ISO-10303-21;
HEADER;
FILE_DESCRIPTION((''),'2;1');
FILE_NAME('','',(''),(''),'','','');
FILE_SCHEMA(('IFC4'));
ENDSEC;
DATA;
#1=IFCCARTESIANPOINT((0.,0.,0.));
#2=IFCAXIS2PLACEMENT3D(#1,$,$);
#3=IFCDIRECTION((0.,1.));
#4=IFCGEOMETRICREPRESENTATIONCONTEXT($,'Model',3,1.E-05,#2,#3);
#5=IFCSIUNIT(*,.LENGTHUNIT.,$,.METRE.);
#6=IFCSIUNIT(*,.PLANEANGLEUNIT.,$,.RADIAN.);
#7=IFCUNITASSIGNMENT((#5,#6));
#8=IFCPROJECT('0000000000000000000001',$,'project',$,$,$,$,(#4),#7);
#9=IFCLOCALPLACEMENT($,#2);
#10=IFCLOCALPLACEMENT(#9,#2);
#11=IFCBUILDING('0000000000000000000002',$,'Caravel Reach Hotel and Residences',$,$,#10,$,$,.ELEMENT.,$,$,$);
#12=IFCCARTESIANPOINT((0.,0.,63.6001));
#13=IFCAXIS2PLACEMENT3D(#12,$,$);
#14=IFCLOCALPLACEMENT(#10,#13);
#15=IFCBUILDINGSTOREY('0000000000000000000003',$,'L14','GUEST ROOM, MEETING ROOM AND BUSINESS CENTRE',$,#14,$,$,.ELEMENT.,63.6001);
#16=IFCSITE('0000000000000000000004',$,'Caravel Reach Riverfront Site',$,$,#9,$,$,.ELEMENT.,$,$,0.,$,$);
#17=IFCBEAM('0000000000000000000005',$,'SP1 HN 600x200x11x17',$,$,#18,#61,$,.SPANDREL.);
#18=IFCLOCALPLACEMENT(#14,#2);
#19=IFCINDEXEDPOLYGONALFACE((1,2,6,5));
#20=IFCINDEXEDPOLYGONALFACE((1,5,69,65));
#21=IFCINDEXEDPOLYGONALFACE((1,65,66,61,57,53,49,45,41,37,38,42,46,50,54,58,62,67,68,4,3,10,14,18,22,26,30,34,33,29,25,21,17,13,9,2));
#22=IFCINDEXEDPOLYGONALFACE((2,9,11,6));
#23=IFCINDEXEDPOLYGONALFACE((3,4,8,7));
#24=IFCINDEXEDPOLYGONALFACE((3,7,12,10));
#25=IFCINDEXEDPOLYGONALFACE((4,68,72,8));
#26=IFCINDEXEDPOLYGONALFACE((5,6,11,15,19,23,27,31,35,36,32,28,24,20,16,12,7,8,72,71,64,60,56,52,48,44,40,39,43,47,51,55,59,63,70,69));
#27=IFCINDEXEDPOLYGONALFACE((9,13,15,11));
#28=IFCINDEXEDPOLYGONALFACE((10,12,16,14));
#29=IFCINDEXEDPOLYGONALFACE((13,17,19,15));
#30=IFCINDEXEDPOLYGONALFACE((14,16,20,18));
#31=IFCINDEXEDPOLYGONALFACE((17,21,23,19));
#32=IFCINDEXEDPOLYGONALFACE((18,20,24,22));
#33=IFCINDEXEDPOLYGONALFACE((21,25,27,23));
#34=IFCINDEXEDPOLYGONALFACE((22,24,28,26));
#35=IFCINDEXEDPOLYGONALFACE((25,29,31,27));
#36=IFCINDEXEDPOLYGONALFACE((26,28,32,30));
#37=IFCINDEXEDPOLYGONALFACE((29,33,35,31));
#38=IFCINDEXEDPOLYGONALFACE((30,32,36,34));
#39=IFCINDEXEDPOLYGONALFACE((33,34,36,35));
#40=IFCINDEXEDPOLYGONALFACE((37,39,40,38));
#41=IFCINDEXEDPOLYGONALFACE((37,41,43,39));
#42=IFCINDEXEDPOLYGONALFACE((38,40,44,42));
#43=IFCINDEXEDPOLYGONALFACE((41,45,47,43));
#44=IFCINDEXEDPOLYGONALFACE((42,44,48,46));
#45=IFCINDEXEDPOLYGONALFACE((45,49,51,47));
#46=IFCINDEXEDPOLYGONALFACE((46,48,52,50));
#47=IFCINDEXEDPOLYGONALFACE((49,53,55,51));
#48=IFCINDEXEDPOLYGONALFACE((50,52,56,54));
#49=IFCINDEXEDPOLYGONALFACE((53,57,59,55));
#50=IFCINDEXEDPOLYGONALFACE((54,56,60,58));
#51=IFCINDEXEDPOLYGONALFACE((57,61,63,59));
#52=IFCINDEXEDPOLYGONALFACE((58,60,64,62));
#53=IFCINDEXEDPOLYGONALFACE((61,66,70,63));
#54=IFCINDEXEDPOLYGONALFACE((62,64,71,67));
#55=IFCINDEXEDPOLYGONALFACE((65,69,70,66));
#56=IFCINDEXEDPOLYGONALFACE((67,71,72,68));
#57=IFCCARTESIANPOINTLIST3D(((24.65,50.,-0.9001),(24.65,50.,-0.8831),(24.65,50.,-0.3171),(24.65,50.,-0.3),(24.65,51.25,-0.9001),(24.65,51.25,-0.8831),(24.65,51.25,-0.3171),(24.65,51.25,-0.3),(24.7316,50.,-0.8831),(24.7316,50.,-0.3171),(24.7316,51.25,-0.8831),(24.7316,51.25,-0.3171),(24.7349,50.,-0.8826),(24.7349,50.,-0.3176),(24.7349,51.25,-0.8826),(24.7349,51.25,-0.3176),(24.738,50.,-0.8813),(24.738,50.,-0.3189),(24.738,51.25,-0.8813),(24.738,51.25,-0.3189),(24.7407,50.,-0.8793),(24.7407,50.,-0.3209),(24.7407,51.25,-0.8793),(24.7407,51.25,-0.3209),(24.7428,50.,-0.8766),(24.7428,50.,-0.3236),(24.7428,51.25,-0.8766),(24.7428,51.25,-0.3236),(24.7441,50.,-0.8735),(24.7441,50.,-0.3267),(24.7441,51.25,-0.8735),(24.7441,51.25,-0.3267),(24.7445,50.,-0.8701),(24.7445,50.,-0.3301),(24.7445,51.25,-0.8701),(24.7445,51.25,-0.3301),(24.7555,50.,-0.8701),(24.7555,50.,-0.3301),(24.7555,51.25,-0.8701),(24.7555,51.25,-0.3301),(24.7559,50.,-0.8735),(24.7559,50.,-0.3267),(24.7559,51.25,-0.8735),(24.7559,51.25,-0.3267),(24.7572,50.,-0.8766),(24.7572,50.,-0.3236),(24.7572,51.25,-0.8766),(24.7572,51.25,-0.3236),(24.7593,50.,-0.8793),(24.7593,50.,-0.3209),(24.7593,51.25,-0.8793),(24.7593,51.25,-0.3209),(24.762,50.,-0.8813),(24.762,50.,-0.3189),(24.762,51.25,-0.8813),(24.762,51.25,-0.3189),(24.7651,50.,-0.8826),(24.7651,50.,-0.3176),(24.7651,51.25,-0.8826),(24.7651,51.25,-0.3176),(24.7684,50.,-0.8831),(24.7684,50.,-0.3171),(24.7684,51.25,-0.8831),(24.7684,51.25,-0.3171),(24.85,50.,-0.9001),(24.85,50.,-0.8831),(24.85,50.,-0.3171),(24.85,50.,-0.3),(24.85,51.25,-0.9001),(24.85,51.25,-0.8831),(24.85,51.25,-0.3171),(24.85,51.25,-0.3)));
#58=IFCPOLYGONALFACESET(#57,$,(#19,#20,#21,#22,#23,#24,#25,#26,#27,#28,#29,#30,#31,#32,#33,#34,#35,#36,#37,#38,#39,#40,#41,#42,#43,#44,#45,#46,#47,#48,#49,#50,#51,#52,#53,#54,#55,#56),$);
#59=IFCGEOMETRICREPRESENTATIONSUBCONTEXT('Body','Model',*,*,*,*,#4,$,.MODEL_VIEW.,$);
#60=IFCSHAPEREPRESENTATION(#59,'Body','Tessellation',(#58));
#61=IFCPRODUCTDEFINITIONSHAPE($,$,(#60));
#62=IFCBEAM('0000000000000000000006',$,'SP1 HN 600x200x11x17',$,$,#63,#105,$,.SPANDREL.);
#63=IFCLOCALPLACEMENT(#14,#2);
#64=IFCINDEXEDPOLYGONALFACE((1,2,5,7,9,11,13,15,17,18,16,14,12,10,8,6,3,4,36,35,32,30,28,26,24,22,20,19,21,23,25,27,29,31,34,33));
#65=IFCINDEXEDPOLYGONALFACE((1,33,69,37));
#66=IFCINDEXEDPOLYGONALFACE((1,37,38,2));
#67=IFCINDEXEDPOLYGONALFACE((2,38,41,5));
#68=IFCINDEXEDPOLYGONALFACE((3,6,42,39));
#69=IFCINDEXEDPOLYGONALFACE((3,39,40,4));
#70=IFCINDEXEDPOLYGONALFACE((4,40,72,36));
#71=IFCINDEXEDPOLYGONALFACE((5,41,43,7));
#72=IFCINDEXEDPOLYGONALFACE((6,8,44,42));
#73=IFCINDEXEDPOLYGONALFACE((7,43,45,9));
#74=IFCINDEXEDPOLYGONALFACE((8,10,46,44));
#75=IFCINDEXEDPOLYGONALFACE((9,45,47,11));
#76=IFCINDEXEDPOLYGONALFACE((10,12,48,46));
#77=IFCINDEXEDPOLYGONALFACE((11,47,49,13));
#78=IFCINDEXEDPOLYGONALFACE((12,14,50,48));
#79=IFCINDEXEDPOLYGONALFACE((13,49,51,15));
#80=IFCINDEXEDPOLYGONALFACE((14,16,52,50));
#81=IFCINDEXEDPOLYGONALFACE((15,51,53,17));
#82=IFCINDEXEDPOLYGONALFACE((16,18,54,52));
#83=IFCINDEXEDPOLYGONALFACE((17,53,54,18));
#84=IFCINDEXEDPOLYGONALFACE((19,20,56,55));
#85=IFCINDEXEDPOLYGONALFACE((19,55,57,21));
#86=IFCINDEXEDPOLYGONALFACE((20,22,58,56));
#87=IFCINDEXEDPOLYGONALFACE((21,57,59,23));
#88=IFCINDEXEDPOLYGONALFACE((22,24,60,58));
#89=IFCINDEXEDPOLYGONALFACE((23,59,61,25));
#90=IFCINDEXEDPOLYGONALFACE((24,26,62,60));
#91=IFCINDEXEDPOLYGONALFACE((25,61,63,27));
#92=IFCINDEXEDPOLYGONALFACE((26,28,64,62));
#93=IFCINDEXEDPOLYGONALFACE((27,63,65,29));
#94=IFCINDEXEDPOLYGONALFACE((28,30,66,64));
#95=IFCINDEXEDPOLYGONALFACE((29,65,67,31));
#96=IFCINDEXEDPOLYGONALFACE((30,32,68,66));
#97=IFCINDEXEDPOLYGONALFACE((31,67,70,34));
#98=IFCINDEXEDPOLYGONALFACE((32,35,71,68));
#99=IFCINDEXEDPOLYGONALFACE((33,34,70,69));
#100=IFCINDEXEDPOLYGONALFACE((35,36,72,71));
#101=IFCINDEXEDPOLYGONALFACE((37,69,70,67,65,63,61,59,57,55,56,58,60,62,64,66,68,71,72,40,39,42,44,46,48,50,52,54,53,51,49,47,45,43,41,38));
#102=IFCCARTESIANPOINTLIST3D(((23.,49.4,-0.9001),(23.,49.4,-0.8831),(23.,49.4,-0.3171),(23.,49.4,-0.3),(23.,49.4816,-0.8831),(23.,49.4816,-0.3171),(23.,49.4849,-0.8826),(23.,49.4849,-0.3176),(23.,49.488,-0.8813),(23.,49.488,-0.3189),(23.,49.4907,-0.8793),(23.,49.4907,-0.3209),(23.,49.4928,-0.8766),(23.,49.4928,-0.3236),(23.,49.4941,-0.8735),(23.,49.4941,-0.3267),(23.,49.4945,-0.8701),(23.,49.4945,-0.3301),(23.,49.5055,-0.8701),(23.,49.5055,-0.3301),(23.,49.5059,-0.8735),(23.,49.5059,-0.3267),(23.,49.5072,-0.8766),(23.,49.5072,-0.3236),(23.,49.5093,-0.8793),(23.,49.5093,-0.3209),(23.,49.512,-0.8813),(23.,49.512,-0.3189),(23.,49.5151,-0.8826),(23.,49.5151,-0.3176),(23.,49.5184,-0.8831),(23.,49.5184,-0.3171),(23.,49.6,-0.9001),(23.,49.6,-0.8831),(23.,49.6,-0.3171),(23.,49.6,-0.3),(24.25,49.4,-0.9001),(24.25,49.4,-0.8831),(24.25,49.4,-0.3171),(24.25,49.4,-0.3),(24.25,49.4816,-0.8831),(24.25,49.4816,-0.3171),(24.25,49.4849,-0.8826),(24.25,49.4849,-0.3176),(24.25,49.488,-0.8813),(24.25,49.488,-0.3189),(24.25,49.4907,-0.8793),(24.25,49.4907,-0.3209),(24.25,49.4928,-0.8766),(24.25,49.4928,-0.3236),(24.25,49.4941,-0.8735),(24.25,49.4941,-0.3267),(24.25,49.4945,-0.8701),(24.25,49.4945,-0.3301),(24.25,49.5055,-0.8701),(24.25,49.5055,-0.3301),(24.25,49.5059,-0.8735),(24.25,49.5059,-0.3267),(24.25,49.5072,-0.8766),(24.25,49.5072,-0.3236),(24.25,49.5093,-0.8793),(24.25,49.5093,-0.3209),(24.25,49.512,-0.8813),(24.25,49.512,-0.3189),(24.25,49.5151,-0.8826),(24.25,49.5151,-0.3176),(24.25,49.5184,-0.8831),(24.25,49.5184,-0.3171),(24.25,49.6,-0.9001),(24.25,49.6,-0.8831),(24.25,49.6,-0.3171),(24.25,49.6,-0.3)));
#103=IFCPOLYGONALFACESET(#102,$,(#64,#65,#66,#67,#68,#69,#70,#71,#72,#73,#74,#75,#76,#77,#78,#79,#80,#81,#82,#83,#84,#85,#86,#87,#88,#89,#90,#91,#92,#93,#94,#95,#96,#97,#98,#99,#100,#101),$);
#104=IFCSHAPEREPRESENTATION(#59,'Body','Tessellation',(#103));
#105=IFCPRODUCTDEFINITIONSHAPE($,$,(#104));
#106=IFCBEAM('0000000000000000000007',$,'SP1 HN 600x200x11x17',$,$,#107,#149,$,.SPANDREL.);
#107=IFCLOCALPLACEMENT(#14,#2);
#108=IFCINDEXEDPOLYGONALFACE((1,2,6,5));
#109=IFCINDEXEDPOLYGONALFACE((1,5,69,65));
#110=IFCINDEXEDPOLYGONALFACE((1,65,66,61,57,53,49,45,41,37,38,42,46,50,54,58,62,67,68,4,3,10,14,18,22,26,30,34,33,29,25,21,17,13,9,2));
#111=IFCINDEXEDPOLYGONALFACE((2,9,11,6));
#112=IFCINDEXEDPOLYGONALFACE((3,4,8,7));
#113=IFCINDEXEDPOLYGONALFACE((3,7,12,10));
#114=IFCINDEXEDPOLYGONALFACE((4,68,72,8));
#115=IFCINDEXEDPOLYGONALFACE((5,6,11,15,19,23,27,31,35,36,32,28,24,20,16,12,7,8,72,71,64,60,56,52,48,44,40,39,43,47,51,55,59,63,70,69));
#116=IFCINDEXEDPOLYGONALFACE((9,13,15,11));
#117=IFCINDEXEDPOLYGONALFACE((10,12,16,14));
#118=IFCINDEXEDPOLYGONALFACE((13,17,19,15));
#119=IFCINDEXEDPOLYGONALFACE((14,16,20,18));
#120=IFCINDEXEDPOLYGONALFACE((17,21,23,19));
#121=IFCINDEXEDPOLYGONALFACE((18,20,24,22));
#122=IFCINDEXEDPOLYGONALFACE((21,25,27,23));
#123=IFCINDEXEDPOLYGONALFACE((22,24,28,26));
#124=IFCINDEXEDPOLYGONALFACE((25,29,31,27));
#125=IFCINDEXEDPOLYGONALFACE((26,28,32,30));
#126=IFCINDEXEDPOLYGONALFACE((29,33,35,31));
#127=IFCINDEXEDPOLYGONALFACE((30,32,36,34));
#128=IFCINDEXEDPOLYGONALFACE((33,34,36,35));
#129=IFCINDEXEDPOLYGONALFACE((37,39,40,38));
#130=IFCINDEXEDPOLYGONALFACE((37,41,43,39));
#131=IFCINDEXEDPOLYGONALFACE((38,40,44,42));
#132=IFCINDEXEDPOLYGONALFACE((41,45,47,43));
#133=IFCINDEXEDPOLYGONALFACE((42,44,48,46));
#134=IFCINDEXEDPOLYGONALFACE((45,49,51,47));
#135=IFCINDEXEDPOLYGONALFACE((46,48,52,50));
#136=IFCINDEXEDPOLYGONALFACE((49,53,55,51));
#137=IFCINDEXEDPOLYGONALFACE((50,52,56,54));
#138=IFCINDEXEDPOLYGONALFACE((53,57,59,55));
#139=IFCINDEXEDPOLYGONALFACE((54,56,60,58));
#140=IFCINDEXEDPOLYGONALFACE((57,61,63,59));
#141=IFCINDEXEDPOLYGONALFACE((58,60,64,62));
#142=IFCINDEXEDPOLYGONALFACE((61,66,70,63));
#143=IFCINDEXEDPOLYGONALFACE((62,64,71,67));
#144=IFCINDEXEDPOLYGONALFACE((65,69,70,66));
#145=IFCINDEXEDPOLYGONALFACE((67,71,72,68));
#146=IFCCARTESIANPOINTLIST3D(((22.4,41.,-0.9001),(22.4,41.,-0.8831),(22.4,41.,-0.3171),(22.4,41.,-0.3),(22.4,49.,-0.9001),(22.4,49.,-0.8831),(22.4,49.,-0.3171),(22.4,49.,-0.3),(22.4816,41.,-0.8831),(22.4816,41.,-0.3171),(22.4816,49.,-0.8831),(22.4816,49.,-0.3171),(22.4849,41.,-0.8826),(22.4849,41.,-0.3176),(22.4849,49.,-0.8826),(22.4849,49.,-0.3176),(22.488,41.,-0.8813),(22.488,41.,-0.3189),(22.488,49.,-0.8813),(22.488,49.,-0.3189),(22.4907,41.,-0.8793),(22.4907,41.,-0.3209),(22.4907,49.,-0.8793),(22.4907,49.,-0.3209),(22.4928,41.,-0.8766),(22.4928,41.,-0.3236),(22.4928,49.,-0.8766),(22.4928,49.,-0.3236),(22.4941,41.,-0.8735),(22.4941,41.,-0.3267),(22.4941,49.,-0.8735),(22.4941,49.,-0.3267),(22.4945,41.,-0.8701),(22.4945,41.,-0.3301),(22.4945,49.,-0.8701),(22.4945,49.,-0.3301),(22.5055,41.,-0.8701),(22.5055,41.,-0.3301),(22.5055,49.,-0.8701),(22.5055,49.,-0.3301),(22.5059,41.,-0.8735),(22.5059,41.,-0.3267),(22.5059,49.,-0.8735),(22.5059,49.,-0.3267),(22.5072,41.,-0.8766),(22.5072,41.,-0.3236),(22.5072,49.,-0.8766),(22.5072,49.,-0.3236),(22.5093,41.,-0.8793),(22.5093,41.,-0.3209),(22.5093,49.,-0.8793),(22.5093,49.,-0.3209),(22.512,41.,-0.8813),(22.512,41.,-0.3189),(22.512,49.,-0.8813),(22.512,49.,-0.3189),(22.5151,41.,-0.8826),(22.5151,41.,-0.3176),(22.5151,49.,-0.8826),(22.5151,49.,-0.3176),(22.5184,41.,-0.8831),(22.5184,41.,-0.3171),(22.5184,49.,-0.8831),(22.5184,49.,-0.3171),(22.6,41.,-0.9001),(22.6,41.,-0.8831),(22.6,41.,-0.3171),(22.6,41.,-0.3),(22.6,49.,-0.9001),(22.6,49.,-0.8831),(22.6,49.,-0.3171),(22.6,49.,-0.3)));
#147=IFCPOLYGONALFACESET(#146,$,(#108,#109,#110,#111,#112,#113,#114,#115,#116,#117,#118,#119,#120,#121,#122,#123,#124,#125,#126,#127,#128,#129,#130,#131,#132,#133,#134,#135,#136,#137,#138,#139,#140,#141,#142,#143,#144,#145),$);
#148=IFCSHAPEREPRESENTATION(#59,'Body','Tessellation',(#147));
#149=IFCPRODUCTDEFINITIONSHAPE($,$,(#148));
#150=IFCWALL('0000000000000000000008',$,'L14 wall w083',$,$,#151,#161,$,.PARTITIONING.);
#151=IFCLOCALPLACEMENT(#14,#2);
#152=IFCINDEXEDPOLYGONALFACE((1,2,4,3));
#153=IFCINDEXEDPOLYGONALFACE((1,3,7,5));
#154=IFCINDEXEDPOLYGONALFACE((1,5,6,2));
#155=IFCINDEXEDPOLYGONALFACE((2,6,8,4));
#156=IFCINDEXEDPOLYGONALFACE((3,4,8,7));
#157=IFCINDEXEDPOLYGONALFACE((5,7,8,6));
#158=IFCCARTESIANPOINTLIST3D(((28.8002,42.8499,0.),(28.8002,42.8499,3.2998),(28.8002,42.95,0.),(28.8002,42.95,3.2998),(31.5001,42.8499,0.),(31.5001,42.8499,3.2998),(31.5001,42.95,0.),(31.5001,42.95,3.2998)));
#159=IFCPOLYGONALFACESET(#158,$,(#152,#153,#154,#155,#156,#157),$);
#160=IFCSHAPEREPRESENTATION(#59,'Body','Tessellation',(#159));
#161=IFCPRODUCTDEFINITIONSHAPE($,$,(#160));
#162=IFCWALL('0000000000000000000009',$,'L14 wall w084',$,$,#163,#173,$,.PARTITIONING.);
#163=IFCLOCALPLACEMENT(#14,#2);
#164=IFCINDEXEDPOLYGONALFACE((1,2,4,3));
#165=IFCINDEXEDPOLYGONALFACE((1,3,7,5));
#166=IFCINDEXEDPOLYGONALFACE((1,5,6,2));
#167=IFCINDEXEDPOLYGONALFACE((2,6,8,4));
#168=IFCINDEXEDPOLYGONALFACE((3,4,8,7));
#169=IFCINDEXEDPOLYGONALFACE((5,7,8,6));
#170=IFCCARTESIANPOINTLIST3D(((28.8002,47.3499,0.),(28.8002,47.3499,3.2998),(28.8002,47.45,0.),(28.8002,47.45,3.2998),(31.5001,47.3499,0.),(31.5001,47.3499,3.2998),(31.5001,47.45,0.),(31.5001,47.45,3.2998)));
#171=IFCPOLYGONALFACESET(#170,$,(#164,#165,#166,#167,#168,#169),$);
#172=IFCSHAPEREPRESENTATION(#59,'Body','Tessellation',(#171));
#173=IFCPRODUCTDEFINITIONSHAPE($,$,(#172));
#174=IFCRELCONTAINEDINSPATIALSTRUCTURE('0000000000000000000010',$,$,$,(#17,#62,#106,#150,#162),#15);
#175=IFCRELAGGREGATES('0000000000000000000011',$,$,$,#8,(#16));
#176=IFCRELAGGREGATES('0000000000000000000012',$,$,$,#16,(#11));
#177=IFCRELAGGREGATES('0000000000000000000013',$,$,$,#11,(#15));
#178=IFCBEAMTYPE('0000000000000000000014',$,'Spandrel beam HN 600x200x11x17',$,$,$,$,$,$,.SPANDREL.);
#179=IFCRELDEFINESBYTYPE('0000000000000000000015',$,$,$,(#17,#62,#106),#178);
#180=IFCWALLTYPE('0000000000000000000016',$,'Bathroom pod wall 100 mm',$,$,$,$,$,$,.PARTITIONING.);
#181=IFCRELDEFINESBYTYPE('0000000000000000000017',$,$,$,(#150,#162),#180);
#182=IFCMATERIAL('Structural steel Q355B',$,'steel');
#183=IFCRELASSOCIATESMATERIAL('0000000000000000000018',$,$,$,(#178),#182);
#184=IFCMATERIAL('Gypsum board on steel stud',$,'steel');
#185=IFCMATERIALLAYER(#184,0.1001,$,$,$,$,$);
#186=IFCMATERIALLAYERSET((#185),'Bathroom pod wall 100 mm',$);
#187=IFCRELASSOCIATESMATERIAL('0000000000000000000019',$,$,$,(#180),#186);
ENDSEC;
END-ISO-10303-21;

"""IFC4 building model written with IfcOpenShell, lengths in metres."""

from ifc_helpers import new_model, si_unit, direction, frame, frame_2d, origin, origin_2d, place, context, subcontext, project, spatial, rectangle, i_section, extrude, material, layer, layer_set, material_profile, profile_set, type_object, element, save


model = new_model("IFC4")

# Units and contexts
model_context = context("Model", 3, precision=1e-05, world=origin(), true_north=direction((0.0, 1.0)))
body_context = subcontext(model_context, "Body", "Model", "MODEL_VIEW")
ifc_project = project(units=[si_unit("LENGTHUNIT", "METRE"), si_unit("PLANEANGLEUNIT", "RADIAN")], contexts=[model_context])

# Site, building, storey
site_placement = place(None, origin())
site = spatial("IfcSite", under=ifc_project, at=site_placement, Name="Caravel Reach Riverfront Site", CompositionType="ELEMENT", RefElevation=0.0)
building_placement = place(site_placement, origin())
building = spatial("IfcBuilding", under=site, at=building_placement, Name="Caravel Reach Hotel and Residences", CompositionType="ELEMENT")
storey_placement = place(building_placement, frame((0.0, 0.0, 63.6001)))
storey = spatial("IfcBuildingStorey", under=building, at=storey_placement, Name="L14", Description="GUEST ROOM, MEETING ROOM AND BUSINESS CENTRE", CompositionType="ELEMENT", Elevation=63.6001)

# Beams
ifc_material_1 = material(Name="Structural steel Q355B", Category="steel")
ifc_material_profile_1 = material_profile(ifc_material_1, i_section(OverallWidth=0.2, OverallDepth=0.6001, WebThickness=0.011, FlangeThickness=0.0171, FilletRadius=0.0129, at=origin_2d()), Name="HN 600x200x11x17")
ifc_profile_set_1 = profile_set([ifc_material_profile_1], Name="Structural steel Q355B")
beam_type = type_object("IfcBeamType", Name="Spandrel beam HN 600x200x11x17", PredefinedType="SPANDREL", material=ifc_profile_set_1)
for number, where, z_axis, x_axis, name in (
    (1, (24.75, 51.25, -0.6001), (0.0, -1.0, 0.0), (1.0, 0.0, 0.0), "SP1 HN 600x200x11x17"),
    (2, (24.25, 49.5, -0.6001), (-1.0, 0.0, 0.0), (0.0, -1.0, 0.0), "SP1 HN 600x200x11x17"),
):
    element("IfcBeam", number, at=place(storey_placement, frame(where, z_axis=z_axis, x_axis=x_axis)), inside=storey, type_object=beam_type, Name=name, PredefinedType="SPANDREL", context=body_context, shape_type="SweptSolid", body=[
        extrude(i_section(OverallWidth=0.2, OverallDepth=0.6001, WebThickness=0.011, FlangeThickness=0.0171, FilletRadius=0.0129, at=origin_2d()), origin(), (0.0, 0.0, 1.0), 1.25),
    ])
beam_placement = place(storey_placement, frame((22.5, 49.0, -0.6001), z_axis=(0.0, -1.0, 0.0), x_axis=(1.0, 0.0, 0.0)))
element("IfcBeam", 3, at=beam_placement, inside=storey, type_object=beam_type, Name="SP1 HN 600x200x11x17", PredefinedType="SPANDREL", context=body_context, shape_type="SweptSolid", body=[
    extrude(i_section(OverallWidth=0.2, OverallDepth=0.6001, WebThickness=0.011, FlangeThickness=0.0171, FilletRadius=0.0129, at=origin_2d()), origin(), (0.0, 0.0, 1.0), 8.0),
])

# Walls
ifc_material_2 = material(Name="Gypsum board on steel stud", Category="steel")
ifc_layer_1 = layer(ifc_material_2, 0.1001)
ifc_layer_set_1 = layer_set([ifc_layer_1], Name="Bathroom pod wall 100 mm")
wall_type_1 = type_object("IfcWallType", Name="Bathroom pod wall 100 mm", PredefinedType="PARTITIONING", material=ifc_layer_set_1)
for number, where, z_axis, x_axis, name in (
    (4, (28.8, 42.8999, 0.0), (0.0, 0.0, 1.0), (1.0, 0.0, 0.0), "L14 wall w083"),
    (5, (28.8, 47.3999, 0.0), (0.0, 0.0, 1.0), (1.0, 0.0, 0.0), "L14 wall w084"),
):
    element("IfcWall", number, at=place(storey_placement, frame(where, z_axis=z_axis, x_axis=x_axis)), inside=storey, type_object=wall_type_1, Name=name, PredefinedType="PARTITIONING", context=body_context, shape_type="SweptSolid", body=[
        extrude(rectangle(XDim=2.7, YDim=0.1001, at=frame_2d((1.3501, 0.0))), origin(), (0.0, 0.0, 1.0), 3.2998),
    ])

save(model, "model.ifc")
